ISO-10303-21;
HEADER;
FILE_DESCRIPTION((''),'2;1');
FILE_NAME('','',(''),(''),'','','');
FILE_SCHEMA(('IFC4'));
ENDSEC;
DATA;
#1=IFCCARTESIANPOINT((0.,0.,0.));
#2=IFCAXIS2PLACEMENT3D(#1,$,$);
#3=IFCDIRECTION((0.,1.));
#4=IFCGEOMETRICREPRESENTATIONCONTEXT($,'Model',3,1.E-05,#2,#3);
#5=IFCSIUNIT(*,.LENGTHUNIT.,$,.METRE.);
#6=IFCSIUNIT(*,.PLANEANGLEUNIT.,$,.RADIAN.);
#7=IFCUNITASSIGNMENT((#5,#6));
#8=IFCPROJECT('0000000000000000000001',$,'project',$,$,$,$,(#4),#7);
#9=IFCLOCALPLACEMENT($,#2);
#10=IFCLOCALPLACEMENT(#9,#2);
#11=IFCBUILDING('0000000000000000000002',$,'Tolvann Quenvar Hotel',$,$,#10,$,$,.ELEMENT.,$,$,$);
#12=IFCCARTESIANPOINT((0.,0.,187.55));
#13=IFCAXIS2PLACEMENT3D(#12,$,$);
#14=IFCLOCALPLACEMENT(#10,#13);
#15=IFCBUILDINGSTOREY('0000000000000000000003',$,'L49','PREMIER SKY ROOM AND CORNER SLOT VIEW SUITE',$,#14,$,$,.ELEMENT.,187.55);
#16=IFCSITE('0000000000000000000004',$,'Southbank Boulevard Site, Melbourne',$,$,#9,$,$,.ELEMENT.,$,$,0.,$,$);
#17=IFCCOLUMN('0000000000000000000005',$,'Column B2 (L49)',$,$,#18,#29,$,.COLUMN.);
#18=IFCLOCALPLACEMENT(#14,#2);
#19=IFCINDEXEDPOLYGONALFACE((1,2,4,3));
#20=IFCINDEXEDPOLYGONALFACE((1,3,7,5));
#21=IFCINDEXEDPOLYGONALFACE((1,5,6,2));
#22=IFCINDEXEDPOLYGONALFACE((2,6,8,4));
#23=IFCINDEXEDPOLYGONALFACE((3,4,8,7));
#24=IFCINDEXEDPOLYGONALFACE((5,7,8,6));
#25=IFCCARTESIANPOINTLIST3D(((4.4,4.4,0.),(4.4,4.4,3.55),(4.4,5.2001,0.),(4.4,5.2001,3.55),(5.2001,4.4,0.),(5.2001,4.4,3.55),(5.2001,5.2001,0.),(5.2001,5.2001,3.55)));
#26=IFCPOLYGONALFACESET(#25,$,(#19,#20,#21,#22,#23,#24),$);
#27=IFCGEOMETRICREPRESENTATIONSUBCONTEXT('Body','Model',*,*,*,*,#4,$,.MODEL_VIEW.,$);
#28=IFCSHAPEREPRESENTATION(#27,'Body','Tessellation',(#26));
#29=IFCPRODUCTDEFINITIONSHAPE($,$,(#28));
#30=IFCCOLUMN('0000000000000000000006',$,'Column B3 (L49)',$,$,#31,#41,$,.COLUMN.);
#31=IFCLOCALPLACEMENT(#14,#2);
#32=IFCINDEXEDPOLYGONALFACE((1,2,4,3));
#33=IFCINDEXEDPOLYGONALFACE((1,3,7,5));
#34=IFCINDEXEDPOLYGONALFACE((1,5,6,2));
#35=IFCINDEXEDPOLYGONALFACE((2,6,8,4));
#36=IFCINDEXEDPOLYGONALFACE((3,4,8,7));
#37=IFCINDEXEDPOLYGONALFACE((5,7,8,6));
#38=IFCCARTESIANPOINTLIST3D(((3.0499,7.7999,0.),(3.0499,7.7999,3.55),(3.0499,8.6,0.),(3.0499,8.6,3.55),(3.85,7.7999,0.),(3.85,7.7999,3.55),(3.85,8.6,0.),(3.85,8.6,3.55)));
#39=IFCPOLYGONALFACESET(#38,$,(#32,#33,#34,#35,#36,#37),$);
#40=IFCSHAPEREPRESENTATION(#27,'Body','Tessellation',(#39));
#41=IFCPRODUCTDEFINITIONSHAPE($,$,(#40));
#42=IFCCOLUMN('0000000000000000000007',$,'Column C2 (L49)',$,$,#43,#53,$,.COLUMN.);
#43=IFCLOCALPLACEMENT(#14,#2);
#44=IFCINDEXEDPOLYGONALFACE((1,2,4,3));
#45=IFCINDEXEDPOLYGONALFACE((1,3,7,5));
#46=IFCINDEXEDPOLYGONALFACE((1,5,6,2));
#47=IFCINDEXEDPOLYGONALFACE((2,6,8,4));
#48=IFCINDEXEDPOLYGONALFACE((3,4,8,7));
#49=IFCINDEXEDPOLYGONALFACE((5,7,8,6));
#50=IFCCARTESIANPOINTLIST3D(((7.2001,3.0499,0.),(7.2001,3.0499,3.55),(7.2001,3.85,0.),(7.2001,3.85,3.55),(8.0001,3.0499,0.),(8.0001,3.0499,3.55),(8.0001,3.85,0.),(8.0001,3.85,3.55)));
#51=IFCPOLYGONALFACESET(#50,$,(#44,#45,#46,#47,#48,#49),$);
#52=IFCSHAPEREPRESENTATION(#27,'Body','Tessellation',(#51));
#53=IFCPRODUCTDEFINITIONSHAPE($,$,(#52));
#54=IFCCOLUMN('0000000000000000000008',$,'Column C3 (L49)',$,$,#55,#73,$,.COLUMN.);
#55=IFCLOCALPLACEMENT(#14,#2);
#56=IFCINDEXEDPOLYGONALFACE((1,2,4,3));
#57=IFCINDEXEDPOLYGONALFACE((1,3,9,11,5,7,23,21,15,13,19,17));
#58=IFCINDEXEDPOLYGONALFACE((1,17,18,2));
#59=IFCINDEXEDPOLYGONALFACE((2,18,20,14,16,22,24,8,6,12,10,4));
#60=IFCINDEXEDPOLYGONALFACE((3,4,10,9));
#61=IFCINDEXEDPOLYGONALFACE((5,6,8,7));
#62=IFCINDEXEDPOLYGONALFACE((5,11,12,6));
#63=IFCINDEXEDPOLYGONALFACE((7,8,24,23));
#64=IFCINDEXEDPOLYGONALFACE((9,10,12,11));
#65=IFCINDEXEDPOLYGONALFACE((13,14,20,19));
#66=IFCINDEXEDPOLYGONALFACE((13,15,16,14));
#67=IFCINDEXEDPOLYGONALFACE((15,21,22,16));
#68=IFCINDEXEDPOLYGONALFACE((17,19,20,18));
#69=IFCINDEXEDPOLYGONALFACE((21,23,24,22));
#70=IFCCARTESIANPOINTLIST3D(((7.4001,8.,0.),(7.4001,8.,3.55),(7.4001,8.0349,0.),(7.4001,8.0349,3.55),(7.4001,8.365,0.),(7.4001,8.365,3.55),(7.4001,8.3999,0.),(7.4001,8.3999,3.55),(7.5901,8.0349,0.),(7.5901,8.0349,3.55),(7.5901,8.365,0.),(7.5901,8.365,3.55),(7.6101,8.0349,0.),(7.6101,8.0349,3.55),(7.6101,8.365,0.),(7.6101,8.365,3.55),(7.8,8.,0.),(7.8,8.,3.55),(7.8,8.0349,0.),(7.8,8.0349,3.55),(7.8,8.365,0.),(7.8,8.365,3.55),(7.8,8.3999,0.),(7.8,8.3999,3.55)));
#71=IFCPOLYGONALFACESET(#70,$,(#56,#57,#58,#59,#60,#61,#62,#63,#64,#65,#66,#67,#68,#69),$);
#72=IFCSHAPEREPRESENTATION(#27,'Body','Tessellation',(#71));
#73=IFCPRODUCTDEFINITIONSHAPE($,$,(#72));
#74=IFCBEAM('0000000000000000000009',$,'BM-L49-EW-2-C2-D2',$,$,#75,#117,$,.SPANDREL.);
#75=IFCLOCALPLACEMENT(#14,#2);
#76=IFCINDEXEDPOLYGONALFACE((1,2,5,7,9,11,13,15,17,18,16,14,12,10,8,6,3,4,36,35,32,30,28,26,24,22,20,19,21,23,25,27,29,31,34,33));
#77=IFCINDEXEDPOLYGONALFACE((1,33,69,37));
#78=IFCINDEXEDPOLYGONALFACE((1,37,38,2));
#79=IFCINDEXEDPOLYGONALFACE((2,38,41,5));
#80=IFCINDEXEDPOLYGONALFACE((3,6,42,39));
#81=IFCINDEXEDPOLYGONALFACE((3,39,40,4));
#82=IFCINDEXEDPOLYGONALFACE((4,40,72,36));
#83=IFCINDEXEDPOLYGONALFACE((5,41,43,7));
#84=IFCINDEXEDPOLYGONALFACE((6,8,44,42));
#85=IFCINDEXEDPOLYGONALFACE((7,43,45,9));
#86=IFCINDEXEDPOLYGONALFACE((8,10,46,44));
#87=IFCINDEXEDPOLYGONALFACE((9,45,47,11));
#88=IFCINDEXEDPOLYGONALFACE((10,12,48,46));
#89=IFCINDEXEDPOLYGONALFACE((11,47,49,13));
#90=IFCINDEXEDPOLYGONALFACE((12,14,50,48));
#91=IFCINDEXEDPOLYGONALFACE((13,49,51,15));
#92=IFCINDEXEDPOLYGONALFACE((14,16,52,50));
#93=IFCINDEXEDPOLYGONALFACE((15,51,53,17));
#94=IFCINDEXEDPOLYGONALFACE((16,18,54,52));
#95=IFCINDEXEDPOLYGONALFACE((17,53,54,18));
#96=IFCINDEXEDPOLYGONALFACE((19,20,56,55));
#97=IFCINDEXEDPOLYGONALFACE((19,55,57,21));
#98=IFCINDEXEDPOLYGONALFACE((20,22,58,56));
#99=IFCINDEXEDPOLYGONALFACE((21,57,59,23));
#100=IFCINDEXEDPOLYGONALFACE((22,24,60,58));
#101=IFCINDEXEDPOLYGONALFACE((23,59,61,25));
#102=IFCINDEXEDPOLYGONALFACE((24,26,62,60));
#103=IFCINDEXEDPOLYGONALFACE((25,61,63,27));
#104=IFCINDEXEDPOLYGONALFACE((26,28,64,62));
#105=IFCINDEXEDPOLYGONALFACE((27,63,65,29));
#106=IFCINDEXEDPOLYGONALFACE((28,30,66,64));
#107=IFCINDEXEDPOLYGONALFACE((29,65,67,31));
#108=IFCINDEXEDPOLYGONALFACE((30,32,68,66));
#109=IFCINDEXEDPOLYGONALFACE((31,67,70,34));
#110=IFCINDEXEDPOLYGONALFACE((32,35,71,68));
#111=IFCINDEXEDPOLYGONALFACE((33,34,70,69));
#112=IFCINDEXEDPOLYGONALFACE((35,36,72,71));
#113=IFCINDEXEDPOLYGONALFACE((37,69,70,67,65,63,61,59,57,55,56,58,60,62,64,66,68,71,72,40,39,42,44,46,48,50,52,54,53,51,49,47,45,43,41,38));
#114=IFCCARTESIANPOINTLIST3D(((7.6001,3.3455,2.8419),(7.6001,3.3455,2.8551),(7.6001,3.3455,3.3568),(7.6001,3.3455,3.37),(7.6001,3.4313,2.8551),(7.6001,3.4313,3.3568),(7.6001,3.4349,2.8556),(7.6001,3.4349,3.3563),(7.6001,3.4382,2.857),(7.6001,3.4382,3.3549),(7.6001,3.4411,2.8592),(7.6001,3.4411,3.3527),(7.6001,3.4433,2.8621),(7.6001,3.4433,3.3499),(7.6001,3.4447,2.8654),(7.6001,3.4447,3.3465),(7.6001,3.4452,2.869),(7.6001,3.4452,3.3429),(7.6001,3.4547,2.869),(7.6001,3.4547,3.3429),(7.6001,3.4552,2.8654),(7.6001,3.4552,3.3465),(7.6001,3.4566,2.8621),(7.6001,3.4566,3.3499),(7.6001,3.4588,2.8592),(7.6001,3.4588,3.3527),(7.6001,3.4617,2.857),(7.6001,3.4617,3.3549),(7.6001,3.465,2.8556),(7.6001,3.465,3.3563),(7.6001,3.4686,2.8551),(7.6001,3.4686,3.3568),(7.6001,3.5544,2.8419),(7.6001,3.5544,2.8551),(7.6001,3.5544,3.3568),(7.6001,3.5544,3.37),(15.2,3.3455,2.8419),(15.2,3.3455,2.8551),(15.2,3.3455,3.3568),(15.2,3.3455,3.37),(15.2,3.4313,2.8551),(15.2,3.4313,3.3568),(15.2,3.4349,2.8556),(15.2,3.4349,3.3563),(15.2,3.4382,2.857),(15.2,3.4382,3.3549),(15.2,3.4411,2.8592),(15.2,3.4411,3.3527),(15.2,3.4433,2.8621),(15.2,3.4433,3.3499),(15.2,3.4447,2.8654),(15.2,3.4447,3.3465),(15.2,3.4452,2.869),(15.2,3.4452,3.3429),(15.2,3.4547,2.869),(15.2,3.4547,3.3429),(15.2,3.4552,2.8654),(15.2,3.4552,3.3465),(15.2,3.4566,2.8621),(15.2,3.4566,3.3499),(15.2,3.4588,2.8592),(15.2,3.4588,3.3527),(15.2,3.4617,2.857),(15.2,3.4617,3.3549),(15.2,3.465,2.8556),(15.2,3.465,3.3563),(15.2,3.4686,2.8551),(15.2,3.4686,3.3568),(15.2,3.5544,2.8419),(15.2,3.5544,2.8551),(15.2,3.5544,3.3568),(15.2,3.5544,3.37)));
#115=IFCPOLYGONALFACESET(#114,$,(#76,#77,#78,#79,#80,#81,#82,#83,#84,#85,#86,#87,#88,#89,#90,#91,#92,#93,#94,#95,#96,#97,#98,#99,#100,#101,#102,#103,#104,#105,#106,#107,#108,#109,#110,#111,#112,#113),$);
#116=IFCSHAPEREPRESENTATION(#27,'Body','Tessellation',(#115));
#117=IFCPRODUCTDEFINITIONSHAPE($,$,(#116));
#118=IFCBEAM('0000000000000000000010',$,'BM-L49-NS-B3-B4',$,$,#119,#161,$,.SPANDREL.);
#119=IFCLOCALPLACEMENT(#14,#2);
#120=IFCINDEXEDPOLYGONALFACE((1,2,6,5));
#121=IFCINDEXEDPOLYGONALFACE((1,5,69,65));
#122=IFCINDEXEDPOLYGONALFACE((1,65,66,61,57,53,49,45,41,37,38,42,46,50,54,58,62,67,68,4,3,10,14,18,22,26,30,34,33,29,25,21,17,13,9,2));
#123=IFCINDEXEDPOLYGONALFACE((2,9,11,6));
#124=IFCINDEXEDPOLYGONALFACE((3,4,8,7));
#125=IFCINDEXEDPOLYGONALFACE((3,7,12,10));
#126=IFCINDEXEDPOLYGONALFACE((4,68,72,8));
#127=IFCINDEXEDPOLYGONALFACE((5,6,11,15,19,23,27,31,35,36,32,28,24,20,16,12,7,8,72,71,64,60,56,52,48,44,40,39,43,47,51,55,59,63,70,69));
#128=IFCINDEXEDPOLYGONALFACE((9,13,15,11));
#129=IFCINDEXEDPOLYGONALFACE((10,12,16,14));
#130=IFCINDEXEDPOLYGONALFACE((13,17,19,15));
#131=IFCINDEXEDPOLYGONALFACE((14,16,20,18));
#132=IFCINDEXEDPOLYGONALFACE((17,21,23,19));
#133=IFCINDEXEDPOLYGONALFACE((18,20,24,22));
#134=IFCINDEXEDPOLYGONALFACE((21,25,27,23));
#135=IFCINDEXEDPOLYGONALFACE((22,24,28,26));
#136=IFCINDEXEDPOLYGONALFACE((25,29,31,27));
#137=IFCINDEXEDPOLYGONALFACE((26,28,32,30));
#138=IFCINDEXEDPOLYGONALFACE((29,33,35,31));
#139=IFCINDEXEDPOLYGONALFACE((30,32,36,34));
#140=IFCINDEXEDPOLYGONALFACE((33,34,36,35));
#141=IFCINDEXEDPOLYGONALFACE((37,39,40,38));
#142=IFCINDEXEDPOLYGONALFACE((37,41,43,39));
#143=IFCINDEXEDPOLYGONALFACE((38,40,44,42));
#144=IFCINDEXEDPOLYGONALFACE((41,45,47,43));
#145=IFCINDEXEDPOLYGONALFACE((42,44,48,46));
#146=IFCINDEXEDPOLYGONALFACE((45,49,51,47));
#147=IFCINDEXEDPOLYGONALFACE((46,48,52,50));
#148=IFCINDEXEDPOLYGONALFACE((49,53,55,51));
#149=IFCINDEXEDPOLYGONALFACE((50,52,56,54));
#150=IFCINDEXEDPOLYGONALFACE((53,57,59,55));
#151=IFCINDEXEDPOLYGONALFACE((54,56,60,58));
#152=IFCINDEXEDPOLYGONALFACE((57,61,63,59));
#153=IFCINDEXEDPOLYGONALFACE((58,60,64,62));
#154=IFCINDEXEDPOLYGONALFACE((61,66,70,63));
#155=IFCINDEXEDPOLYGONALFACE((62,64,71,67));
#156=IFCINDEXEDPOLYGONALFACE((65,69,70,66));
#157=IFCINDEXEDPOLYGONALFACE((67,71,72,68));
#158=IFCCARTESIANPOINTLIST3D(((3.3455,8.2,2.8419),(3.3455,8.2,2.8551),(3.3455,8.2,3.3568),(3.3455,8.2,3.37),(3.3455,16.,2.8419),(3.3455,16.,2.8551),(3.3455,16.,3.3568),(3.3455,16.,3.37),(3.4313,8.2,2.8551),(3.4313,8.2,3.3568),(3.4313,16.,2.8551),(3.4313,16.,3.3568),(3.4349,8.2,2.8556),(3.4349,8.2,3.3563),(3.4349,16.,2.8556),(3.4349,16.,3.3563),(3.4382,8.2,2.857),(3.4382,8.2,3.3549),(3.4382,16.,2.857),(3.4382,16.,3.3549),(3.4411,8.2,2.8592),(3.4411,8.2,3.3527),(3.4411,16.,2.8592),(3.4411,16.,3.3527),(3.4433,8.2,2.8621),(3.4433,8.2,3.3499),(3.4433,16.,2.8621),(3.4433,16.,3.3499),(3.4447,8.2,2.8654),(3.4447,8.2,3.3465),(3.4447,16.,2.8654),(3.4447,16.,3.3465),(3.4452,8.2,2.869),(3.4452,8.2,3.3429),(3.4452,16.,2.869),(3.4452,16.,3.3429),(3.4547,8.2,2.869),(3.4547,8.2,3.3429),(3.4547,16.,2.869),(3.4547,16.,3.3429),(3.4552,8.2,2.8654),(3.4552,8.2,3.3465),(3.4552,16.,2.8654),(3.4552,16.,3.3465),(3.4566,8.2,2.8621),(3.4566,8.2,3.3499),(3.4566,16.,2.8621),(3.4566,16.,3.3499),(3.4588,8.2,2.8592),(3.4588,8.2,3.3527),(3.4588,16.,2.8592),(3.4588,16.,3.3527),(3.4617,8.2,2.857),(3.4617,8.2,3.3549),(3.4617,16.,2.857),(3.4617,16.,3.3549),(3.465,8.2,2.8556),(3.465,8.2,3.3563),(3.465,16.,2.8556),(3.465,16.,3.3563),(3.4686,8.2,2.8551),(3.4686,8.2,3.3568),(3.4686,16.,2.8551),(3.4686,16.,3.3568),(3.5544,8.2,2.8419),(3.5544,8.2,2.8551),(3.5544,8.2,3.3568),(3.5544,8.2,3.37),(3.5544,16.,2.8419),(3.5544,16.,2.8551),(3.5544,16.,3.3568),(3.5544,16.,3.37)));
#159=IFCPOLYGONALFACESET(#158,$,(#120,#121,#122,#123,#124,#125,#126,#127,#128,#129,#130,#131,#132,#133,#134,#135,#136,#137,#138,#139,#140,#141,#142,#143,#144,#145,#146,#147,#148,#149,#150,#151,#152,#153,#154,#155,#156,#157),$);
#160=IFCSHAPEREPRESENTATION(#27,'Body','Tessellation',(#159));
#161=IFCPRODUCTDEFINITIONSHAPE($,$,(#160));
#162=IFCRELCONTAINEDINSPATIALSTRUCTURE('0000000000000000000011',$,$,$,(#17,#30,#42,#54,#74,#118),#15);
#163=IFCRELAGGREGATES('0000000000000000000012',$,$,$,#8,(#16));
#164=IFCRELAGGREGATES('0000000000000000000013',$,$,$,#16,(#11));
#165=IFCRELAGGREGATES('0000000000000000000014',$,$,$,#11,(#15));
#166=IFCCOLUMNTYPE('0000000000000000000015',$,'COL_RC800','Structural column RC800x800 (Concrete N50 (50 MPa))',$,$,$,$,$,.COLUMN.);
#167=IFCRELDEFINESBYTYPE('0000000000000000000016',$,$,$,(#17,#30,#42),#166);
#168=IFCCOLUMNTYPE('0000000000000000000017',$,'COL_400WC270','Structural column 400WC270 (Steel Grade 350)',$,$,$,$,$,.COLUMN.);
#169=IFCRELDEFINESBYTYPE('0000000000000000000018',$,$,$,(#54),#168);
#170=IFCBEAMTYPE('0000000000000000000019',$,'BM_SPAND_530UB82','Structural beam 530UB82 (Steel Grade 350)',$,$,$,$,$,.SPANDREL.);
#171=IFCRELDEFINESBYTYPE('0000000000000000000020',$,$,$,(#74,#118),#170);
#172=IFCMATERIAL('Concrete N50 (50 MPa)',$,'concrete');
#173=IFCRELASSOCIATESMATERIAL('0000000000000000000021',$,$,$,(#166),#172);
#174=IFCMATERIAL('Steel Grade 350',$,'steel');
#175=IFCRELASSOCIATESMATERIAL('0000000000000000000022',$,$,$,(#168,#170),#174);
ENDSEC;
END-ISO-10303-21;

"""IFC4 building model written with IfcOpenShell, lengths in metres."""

from ifc_helpers import new_model, si_unit, direction, frame, origin, origin_2d, place, context, subcontext, project, spatial, rectangle, i_section, extrude, source, transform, mapped, material, material_profile, profile_set, type_object, type_shapes, element, save


model = new_model("IFC4")

# Units and contexts
model_context = context("Model", 3, precision=1e-05, world=origin(), true_north=direction((0.0, 1.0)))
body_context = subcontext(model_context, "Body", "Model", "MODEL_VIEW")
ifc_project = project(units=[si_unit("LENGTHUNIT", "METRE"), si_unit("PLANEANGLEUNIT", "RADIAN")], contexts=[model_context])

# Site, building, storey
site_placement = place(None, origin())
site = spatial("IfcSite", under=ifc_project, at=site_placement, Name="Southbank Boulevard Site, Melbourne", CompositionType="ELEMENT", RefElevation=0.0)
building_placement = place(site_placement, origin())
building = spatial("IfcBuilding", under=site, at=building_placement, Name="Tolvann Quenvar Hotel", CompositionType="ELEMENT")
storey_placement = place(building_placement, frame((0.0, 0.0, 187.55)))
storey = spatial("IfcBuildingStorey", under=building, at=storey_placement, Name="L49", Description="PREMIER SKY ROOM AND CORNER SLOT VIEW SUITE", CompositionType="ELEMENT", Elevation=187.55)

# Columns
ifc_material_1 = material(Name="Concrete N50 (50 MPa)", Category="concrete")
ifc_material_profile_1 = material_profile(ifc_material_1, rectangle(XDim=0.8, YDim=0.8, at=origin_2d()), Name="RC800x800")
ifc_profile_set_1 = profile_set([ifc_material_profile_1], Name="Concrete N50 (50 MPa)")
column_type_1 = type_object("IfcColumnType", Name="COL_RC800", Description="Structural column RC800x800 (Concrete N50 (50 MPa))", PredefinedType="COLUMN", material=ifc_profile_set_1)
shared_shape_1 = source(origin(), body_context, "Body", "SweptSolid", [
    extrude(rectangle(XDim=0.8, YDim=0.8, at=origin_2d()), origin(), (0.0, 0.0, 1.0), 3.55),
])
type_shapes(column_type_1, [shared_shape_1])
for number, where, z_axis, x_axis, name in (
    (1, (4.8, 4.8, 0.0), (0.0, 0.0, 1.0), (1.0, 0.0, 0.0), "Column B2 (L49)"),
    (2, (3.45, 8.2, 0.0), (0.0, 0.0, 1.0), (1.0, 0.0, 0.0), "Column B3 (L49)"),
    (3, (7.6001, 3.45, 0.0), (0.0, 0.0, 1.0), (1.0, 0.0, 0.0), "Column C2 (L49)"),
):
    element("IfcColumn", number, at=place(storey_placement, frame(where, z_axis=z_axis, x_axis=x_axis)), inside=storey, type_object=column_type_1, Name=name, PredefinedType="COLUMN", context=body_context, shape_type="MappedRepresentation", body=[
        mapped(shared_shape_1, transform((0.0, 0.0, 0.0), x_axis=(1.0, 0.0, 0.0), y_axis=(0.0, 1.0, 0.0), z_axis=(0.0, 0.0, 1.0), scale=1.0)),
    ])
ifc_material_2 = material(Name="Steel Grade 350", Category="steel")
ifc_material_profile_2 = material_profile(ifc_material_2, i_section(OverallWidth=0.3999, OverallDepth=0.3999, WebThickness=0.02, FlangeThickness=0.0349, at=origin_2d()), Name="400WC270")
ifc_profile_set_2 = profile_set([ifc_material_profile_2], Name="Steel Grade 350")
column_type_2 = type_object("IfcColumnType", Name="COL_400WC270", Description="Structural column 400WC270 (Steel Grade 350)", PredefinedType="COLUMN", material=ifc_profile_set_2)
shared_shape_2 = source(origin(), body_context, "Body", "SweptSolid", [
    extrude(i_section(OverallWidth=0.3999, OverallDepth=0.3999, WebThickness=0.02, FlangeThickness=0.0349, at=origin_2d()), origin(), (0.0, 0.0, 1.0), 3.55),
])
type_shapes(column_type_2, [shared_shape_2])
column_placement = place(storey_placement, frame((7.6001, 8.2, 0.0), z_axis=(0.0, 0.0, 1.0), x_axis=(1.0, 0.0, 0.0)))
element("IfcColumn", 4, at=column_placement, inside=storey, type_object=column_type_2, Name="Column C3 (L49)", PredefinedType="COLUMN", context=body_context, shape_type="MappedRepresentation", body=[
    mapped(shared_shape_2, transform((0.0, 0.0, 0.0), x_axis=(1.0, 0.0, 0.0), y_axis=(0.0, 1.0, 0.0), z_axis=(0.0, 0.0, 1.0), scale=1.0)),
])

# Beams
ifc_material_profile_3 = material_profile(ifc_material_2, i_section(OverallWidth=0.209, OverallDepth=0.5281, WebThickness=0.0095, FlangeThickness=0.0132, FilletRadius=0.0139, at=origin_2d()), Name="530UB82")
ifc_profile_set_3 = profile_set([ifc_material_profile_3], Name="Steel Grade 350")
beam_type_1 = type_object("IfcBeamType", Name="BM_SPAND_530UB82", Description="Structural beam 530UB82 (Steel Grade 350)", PredefinedType="SPANDREL", material=ifc_profile_set_3)
shared_shape_3 = source(origin(), body_context, "Body", "SweptSolid", [
    extrude(i_section(OverallWidth=0.209, OverallDepth=0.5281, WebThickness=0.0095, FlangeThickness=0.0132, FilletRadius=0.0139, at=origin_2d()), origin(), (0.0, 0.0, 1.0), 7.5999),
])
beam_1_placement = place(storey_placement, frame((7.6001, 3.45, 3.106), z_axis=(1.0, 0.0, 0.0), x_axis=(0.0, 1.0, 0.0)))
element("IfcBeam", 5, at=beam_1_placement, inside=storey, type_object=beam_type_1, Name="BM-L49-EW-2-C2-D2", PredefinedType="SPANDREL", context=body_context, shape_type="MappedRepresentation", body=[
    mapped(shared_shape_3, transform((0.0, 0.0, 0.0), x_axis=(1.0, 0.0, 0.0), y_axis=(0.0, 1.0, 0.0), z_axis=(0.0, 0.0, 1.0), scale=1.0)),
])
shared_shape_4 = source(origin(), body_context, "Body", "SweptSolid", [
    extrude(i_section(OverallWidth=0.209, OverallDepth=0.5281, WebThickness=0.0095, FlangeThickness=0.0132, FilletRadius=0.0139, at=origin_2d()), origin(), (0.0, 0.0, 1.0), 7.8),
])
beam_2_placement = place(storey_placement, frame((3.45, 8.2, 3.106), z_axis=(0.0, 1.0, 0.0), x_axis=(-1.0, 0.0, 0.0)))
element("IfcBeam", 6, at=beam_2_placement, inside=storey, type_object=beam_type_1, Name="BM-L49-NS-B3-B4", PredefinedType="SPANDREL", context=body_context, shape_type="MappedRepresentation", body=[
    mapped(shared_shape_4, transform((0.0, 0.0, 0.0), x_axis=(1.0, 0.0, 0.0), y_axis=(0.0, 1.0, 0.0), z_axis=(0.0, 0.0, 1.0), scale=1.0)),
])

save(model, "model.ifc")
